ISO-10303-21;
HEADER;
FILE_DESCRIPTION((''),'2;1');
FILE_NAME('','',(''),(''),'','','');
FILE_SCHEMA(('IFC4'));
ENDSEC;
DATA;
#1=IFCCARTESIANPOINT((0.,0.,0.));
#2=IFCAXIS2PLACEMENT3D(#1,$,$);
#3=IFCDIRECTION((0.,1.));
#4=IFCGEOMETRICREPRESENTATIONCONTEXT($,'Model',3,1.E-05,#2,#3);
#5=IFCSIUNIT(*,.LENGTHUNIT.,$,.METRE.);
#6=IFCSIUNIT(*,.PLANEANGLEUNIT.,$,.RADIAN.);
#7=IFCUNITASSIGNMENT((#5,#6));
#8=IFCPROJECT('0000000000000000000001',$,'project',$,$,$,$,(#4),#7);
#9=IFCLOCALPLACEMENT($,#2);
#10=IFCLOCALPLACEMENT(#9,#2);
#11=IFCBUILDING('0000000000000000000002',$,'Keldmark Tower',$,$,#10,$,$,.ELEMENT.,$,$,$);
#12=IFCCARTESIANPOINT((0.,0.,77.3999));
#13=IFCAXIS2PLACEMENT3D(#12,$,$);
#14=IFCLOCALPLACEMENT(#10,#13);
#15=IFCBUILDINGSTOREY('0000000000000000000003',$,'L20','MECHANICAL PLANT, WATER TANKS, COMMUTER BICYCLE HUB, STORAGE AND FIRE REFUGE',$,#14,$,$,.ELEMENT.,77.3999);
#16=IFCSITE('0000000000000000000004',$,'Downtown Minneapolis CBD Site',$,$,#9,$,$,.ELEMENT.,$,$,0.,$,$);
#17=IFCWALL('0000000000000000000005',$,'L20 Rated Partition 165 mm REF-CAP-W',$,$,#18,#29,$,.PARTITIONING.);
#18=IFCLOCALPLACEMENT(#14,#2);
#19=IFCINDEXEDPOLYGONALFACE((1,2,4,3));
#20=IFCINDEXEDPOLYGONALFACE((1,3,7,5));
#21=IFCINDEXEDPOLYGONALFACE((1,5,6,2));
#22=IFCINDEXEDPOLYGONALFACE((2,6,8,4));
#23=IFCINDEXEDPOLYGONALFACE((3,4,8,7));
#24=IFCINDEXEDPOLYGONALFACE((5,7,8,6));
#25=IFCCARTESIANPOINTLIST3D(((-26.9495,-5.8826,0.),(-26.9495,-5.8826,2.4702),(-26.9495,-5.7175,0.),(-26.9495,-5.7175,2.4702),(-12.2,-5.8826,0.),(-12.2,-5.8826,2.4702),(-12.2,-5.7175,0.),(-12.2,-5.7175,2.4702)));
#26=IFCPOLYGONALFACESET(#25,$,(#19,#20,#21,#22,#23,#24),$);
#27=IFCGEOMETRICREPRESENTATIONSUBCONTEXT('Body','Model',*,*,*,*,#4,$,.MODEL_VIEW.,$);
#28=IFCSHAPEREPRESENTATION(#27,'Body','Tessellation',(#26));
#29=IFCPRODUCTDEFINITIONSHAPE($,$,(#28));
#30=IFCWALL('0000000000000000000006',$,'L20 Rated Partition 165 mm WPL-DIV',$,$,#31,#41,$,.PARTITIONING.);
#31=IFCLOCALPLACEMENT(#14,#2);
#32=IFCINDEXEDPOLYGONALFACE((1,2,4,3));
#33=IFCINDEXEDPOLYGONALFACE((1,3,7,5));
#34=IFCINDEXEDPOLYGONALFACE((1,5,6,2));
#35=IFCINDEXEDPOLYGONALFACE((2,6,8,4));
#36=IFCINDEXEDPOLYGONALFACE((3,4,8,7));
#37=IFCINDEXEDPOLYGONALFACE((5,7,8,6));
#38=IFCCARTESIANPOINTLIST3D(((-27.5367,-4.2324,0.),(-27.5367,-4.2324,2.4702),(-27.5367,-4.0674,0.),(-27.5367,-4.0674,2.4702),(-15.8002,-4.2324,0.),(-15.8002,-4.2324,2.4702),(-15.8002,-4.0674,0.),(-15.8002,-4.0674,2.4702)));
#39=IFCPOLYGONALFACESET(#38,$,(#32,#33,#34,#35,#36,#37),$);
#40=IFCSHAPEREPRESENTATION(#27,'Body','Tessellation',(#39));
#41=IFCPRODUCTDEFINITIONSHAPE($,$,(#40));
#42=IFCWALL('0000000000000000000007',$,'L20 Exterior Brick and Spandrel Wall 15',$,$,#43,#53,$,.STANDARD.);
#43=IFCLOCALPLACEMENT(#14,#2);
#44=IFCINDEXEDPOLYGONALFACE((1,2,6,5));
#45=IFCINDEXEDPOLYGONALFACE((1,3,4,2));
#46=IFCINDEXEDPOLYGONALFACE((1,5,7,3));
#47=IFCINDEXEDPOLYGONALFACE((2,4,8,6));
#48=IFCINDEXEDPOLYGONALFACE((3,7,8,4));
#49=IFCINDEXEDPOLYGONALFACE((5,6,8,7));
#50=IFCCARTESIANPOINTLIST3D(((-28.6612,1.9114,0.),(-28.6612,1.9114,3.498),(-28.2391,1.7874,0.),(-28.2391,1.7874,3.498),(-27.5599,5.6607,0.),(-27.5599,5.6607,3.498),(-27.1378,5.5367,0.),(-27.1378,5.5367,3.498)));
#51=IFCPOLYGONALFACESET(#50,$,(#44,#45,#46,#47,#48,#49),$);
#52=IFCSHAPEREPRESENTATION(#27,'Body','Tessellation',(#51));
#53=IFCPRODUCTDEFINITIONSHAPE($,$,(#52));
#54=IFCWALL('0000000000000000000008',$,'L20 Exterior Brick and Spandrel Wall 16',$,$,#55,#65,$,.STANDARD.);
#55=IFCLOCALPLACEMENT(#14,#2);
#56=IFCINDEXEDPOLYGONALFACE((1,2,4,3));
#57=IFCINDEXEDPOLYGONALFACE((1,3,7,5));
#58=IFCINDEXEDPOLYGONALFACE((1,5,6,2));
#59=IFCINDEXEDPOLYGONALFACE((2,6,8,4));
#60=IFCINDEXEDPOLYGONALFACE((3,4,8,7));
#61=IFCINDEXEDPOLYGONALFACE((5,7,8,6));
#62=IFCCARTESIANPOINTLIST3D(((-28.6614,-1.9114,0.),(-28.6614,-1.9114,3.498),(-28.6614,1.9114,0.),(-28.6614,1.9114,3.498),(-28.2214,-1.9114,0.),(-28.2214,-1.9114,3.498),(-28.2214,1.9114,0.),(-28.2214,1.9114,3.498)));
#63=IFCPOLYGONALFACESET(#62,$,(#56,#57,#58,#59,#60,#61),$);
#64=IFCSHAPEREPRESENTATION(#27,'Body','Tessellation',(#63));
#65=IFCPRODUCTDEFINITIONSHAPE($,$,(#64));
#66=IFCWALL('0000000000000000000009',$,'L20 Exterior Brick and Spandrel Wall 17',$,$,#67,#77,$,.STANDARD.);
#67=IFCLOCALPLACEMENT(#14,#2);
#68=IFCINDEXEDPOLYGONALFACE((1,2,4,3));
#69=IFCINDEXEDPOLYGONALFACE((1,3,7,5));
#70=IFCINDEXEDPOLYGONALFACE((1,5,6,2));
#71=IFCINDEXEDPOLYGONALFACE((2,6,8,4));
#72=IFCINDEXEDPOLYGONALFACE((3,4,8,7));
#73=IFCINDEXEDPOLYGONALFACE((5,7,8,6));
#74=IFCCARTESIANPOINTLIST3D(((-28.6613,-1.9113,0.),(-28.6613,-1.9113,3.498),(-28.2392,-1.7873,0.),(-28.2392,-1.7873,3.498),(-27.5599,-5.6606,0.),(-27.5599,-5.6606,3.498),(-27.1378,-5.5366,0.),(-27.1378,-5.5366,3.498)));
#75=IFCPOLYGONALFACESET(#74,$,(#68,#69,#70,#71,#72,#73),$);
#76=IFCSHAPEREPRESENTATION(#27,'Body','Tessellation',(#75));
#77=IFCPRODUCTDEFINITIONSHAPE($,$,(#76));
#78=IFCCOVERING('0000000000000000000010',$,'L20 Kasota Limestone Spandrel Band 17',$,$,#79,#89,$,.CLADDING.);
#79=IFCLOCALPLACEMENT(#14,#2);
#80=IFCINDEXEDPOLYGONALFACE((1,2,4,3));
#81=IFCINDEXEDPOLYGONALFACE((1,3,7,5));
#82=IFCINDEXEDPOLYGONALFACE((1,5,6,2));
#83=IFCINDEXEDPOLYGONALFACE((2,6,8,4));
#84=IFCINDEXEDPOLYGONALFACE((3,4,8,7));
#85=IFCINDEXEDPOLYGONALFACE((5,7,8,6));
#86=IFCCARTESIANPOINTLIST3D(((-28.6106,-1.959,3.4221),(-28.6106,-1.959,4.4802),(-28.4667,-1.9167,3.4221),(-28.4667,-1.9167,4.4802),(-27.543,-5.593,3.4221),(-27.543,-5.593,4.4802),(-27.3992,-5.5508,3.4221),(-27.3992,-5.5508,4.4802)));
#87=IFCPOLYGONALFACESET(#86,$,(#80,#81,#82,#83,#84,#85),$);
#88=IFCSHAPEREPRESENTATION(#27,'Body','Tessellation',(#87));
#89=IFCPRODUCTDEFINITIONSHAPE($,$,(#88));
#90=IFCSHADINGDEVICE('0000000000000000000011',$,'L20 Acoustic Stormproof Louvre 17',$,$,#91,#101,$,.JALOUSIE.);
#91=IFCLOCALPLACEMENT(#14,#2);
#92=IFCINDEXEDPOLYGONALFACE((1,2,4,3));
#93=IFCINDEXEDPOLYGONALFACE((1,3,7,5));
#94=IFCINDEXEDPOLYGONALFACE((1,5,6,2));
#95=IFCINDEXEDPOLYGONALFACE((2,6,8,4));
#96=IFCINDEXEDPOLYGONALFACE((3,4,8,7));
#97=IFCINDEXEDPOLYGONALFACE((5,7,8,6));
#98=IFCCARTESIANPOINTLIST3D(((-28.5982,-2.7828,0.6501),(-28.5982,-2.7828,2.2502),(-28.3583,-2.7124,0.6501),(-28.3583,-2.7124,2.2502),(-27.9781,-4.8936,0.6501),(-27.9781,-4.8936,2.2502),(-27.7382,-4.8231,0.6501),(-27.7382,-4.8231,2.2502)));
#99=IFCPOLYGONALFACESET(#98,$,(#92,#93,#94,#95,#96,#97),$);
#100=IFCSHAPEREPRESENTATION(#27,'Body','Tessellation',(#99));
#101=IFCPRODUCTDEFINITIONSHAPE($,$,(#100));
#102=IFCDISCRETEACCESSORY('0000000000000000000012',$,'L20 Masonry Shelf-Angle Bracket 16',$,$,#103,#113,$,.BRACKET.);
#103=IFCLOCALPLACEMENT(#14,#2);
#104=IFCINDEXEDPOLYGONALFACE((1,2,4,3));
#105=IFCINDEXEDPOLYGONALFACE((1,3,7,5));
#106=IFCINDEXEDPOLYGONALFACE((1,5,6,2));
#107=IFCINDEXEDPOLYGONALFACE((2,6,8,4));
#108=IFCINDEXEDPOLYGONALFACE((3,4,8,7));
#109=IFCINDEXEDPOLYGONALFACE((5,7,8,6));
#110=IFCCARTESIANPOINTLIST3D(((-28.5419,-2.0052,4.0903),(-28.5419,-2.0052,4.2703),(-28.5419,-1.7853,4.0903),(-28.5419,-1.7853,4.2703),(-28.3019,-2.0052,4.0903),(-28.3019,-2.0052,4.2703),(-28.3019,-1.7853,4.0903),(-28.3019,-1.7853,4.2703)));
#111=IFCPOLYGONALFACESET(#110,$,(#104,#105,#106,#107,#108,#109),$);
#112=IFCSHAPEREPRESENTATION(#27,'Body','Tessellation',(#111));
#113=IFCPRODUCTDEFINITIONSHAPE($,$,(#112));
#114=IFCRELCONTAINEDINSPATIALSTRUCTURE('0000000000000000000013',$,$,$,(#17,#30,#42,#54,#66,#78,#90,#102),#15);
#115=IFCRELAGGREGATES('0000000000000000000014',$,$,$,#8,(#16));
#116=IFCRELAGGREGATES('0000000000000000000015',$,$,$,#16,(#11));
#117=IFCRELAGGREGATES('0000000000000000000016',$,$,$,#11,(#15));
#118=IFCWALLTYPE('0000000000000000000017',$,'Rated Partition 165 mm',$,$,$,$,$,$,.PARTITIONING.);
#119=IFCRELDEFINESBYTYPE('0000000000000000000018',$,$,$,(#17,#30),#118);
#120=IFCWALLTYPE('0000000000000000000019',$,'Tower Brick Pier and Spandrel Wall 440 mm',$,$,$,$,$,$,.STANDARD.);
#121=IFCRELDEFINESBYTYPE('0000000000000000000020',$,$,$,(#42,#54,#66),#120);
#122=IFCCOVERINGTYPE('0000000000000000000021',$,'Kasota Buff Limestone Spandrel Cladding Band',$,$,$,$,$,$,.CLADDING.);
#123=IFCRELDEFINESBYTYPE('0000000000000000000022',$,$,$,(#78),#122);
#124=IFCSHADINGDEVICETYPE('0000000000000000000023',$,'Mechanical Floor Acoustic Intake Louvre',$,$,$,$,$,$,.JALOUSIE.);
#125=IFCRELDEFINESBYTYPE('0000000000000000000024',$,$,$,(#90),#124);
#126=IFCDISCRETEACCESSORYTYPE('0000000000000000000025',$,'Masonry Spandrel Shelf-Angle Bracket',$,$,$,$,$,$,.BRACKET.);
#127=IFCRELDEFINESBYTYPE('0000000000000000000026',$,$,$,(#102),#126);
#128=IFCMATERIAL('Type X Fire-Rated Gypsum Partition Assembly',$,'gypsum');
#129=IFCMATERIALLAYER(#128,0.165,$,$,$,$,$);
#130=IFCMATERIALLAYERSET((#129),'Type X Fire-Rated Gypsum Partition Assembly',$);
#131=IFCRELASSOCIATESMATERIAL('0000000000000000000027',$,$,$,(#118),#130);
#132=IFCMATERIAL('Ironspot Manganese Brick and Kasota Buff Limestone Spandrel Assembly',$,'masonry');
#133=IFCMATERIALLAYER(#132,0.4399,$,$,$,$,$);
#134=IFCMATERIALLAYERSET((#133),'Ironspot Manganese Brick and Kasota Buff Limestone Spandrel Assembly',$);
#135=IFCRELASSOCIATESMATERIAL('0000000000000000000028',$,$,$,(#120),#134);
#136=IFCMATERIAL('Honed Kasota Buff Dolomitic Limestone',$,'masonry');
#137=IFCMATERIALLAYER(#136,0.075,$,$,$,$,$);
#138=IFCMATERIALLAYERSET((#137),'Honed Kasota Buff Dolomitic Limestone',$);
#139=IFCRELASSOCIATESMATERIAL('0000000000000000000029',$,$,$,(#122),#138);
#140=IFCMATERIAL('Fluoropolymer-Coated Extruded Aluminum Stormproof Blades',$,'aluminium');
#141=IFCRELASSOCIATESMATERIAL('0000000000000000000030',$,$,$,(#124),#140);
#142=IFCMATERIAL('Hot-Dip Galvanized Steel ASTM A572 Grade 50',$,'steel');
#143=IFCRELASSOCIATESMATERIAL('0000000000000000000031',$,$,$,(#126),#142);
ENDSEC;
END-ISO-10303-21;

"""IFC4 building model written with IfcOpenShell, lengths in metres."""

from ifc_helpers import new_model, si_unit, direction, frame, frame_2d, origin, origin_2d, place, context, subcontext, project, spatial, rectangle, extrude, material, layer, layer_set, type_object, element, save


model = new_model("IFC4")

# Units and contexts
model_context = context("Model", 3, precision=1e-05, world=origin(), true_north=direction((0.0, 1.0)))
body_context = subcontext(model_context, "Body", "Model", "MODEL_VIEW")
ifc_project = project(units=[si_unit("LENGTHUNIT", "METRE"), si_unit("PLANEANGLEUNIT", "RADIAN")], contexts=[model_context])

# Site, building, storey
site_placement = place(None, origin())
site = spatial("IfcSite", under=ifc_project, at=site_placement, Name="Downtown Minneapolis CBD Site", CompositionType="ELEMENT", RefElevation=0.0)
building_placement = place(site_placement, origin())
building = spatial("IfcBuilding", under=site, at=building_placement, Name="Keldmark Tower", CompositionType="ELEMENT")
storey_placement = place(building_placement, frame((0.0, 0.0, 77.3999)))
storey = spatial("IfcBuildingStorey", under=building, at=storey_placement, Name="L20", Description="MECHANICAL PLANT, WATER TANKS, COMMUTER BICYCLE HUB, STORAGE AND FIRE REFUGE", CompositionType="ELEMENT", Elevation=77.3999)

# Walls
ifc_material_1 = material(Name="Type X Fire-Rated Gypsum Partition Assembly", Category="gypsum")
ifc_layer_1 = layer(ifc_material_1, 0.165)
ifc_layer_set_1 = layer_set([ifc_layer_1], Name="Type X Fire-Rated Gypsum Partition Assembly")
wall_type_1 = type_object("IfcWallType", Name="Rated Partition 165 mm", PredefinedType="PARTITIONING", material=ifc_layer_set_1)
wall_1_placement = place(storey_placement, frame((-26.9495, -5.8, 0.0), z_axis=(0.0, 0.0, 1.0), x_axis=(1.0, 0.0, 0.0)))
element("IfcWall", 1, at=wall_1_placement, inside=storey, type_object=wall_type_1, Name="L20 Rated Partition 165 mm REF-CAP-W", PredefinedType="PARTITIONING", context=body_context, shape_type="SweptSolid", body=[
    extrude(rectangle(XDim=14.7495, YDim=0.165, at=frame_2d((7.3748, 0.0))), origin(), (0.0, 0.0, 1.0), 2.4702),
])
wall_2_placement = place(storey_placement, frame((-27.5366, -4.1499, 0.0), z_axis=(0.0, 0.0, 1.0), x_axis=(1.0, 0.0, 0.0)))
element("IfcWall", 2, at=wall_2_placement, inside=storey, type_object=wall_type_1, Name="L20 Rated Partition 165 mm WPL-DIV", PredefinedType="PARTITIONING", context=body_context, shape_type="SweptSolid", body=[
    extrude(rectangle(XDim=11.7366, YDim=0.165, at=frame_2d((5.8682, 0.0))), origin(), (0.0, 0.0, 1.0), 2.4702),
])
ifc_material_2 = material(Name="Ironspot Manganese Brick and Kasota Buff Limestone Spandrel Assembly", Category="masonry")
ifc_layer_2 = layer(ifc_material_2, 0.4399)
ifc_layer_set_2 = layer_set([ifc_layer_2], Name="Ironspot Manganese Brick and Kasota Buff Limestone Spandrel Assembly")
wall_type_2 = type_object("IfcWallType", Name="Tower Brick Pier and Spandrel Wall 440 mm", PredefinedType="STANDARD", material=ifc_layer_set_2)
wall_3_placement = place(storey_placement, frame((-28.4502, 1.8494, 0.0), z_axis=(0.0, 0.0, 1.0), x_axis=(0.281835, 0.959463, 0.0)))
element("IfcWall", 3, at=wall_3_placement, inside=storey, type_object=wall_type_2, Name="L20 Exterior Brick and Spandrel Wall 15", PredefinedType="STANDARD", context=body_context, shape_type="SweptSolid", body=[
    extrude(rectangle(XDim=3.9077, YDim=0.4399, at=frame_2d((1.9539, 0.0))), origin(), (0.0, 0.0, 1.0), 3.498),
])
wall_4_placement = place(storey_placement, frame((-28.4414, -1.9114, 0.0), z_axis=(0.0, 0.0, 1.0), x_axis=(0.0, 1.0, 0.0)))
element("IfcWall", 4, at=wall_4_placement, inside=storey, type_object=wall_type_2, Name="L20 Exterior Brick and Spandrel Wall 16", PredefinedType="STANDARD", context=body_context, shape_type="SweptSolid", body=[
    extrude(rectangle(XDim=3.8228, YDim=0.4399, at=frame_2d((1.9114, 0.0))), origin(), (0.0, 0.0, 1.0), 3.498),
])
wall_5_placement = place(storey_placement, frame((-27.3489, -5.5986, 0.0), z_axis=(0.0, 0.0, 1.0), x_axis=(-0.281835, 0.959463, 0.0)))
element("IfcWall", 5, at=wall_5_placement, inside=storey, type_object=wall_type_2, Name="L20 Exterior Brick and Spandrel Wall 17", PredefinedType="STANDARD", context=body_context, shape_type="SweptSolid", body=[
    extrude(rectangle(XDim=3.9077, YDim=0.4399, at=frame_2d((1.9539, 0.0))), origin(), (0.0, 0.0, 1.0), 3.498),
])

# Covering
ifc_material_3 = material(Name="Honed Kasota Buff Dolomitic Limestone", Category="masonry")
ifc_layer_3 = layer(ifc_material_3, 0.075)
ifc_layer_set_3 = layer_set([ifc_layer_3], Name="Honed Kasota Buff Dolomitic Limestone")
covering_type = type_object("IfcCoveringType", Name="Kasota Buff Limestone Spandrel Cladding Band", PredefinedType="CLADDING", material=ifc_layer_set_3)
covering_placement = place(storey_placement, frame((-28.0049, -3.7549, 3.4221), z_axis=(0.0, 0.0, 1.0), x_axis=(0.281856, -0.959457, 0.0)))
element("IfcCovering", 6, at=covering_placement, inside=storey, type_object=covering_type, Name="L20 Kasota Limestone Spandrel Band 17", PredefinedType="CLADDING", context=body_context, shape_type="SweptSolid", body=[
    extrude(rectangle(XDim=3.7876, YDim=0.1499, at=origin_2d()), origin(), (0.0, 0.0, 1.0), 1.0581),
])

# Shading device
ifc_material_4 = material(Name="Fluoropolymer-Coated Extruded Aluminum Stormproof Blades", Category="aluminium")
shading_device_type = type_object("IfcShadingDeviceType", Name="Mechanical Floor Acoustic Intake Louvre", PredefinedType="JALOUSIE", material=ifc_material_4)
shading_device_placement = place(storey_placement, frame((-28.1682, -3.803, 0.6501), z_axis=(0.0, 0.0, 1.0), x_axis=(0.281856, -0.959457, 0.0)))
element("IfcShadingDevice", 7, at=shading_device_placement, inside=storey, type_object=shading_device_type, Name="L20 Acoustic Stormproof Louvre 17", PredefinedType="JALOUSIE", context=body_context, shape_type="SweptSolid", body=[
    extrude(rectangle(XDim=2.2, YDim=0.25, at=origin_2d()), origin(), (0.0, 0.0, 1.0), 1.6001),
])

# Discrete accessory
ifc_material_5 = material(Name="Hot-Dip Galvanized Steel ASTM A572 Grade 50", Category="steel")
discrete_accessory_type = type_object("IfcDiscreteAccessoryType", Name="Masonry Spandrel Shelf-Angle Bracket", PredefinedType="BRACKET", material=ifc_material_5)
discrete_accessory_placement = place(storey_placement, frame((-28.4219, -1.8953, 4.0903), z_axis=(0.0, 0.0, 1.0), x_axis=(1.0, 0.0, 0.0)))
element("IfcDiscreteAccessory", 8, at=discrete_accessory_placement, inside=storey, type_object=discrete_accessory_type, Name="L20 Masonry Shelf-Angle Bracket 16", PredefinedType="BRACKET", context=body_context, shape_type="SweptSolid", body=[
    extrude(rectangle(XDim=0.24, YDim=0.22, at=origin_2d()), origin(), (0.0, 0.0, 1.0), 0.1799),
])

save(model, "model.ifc")
